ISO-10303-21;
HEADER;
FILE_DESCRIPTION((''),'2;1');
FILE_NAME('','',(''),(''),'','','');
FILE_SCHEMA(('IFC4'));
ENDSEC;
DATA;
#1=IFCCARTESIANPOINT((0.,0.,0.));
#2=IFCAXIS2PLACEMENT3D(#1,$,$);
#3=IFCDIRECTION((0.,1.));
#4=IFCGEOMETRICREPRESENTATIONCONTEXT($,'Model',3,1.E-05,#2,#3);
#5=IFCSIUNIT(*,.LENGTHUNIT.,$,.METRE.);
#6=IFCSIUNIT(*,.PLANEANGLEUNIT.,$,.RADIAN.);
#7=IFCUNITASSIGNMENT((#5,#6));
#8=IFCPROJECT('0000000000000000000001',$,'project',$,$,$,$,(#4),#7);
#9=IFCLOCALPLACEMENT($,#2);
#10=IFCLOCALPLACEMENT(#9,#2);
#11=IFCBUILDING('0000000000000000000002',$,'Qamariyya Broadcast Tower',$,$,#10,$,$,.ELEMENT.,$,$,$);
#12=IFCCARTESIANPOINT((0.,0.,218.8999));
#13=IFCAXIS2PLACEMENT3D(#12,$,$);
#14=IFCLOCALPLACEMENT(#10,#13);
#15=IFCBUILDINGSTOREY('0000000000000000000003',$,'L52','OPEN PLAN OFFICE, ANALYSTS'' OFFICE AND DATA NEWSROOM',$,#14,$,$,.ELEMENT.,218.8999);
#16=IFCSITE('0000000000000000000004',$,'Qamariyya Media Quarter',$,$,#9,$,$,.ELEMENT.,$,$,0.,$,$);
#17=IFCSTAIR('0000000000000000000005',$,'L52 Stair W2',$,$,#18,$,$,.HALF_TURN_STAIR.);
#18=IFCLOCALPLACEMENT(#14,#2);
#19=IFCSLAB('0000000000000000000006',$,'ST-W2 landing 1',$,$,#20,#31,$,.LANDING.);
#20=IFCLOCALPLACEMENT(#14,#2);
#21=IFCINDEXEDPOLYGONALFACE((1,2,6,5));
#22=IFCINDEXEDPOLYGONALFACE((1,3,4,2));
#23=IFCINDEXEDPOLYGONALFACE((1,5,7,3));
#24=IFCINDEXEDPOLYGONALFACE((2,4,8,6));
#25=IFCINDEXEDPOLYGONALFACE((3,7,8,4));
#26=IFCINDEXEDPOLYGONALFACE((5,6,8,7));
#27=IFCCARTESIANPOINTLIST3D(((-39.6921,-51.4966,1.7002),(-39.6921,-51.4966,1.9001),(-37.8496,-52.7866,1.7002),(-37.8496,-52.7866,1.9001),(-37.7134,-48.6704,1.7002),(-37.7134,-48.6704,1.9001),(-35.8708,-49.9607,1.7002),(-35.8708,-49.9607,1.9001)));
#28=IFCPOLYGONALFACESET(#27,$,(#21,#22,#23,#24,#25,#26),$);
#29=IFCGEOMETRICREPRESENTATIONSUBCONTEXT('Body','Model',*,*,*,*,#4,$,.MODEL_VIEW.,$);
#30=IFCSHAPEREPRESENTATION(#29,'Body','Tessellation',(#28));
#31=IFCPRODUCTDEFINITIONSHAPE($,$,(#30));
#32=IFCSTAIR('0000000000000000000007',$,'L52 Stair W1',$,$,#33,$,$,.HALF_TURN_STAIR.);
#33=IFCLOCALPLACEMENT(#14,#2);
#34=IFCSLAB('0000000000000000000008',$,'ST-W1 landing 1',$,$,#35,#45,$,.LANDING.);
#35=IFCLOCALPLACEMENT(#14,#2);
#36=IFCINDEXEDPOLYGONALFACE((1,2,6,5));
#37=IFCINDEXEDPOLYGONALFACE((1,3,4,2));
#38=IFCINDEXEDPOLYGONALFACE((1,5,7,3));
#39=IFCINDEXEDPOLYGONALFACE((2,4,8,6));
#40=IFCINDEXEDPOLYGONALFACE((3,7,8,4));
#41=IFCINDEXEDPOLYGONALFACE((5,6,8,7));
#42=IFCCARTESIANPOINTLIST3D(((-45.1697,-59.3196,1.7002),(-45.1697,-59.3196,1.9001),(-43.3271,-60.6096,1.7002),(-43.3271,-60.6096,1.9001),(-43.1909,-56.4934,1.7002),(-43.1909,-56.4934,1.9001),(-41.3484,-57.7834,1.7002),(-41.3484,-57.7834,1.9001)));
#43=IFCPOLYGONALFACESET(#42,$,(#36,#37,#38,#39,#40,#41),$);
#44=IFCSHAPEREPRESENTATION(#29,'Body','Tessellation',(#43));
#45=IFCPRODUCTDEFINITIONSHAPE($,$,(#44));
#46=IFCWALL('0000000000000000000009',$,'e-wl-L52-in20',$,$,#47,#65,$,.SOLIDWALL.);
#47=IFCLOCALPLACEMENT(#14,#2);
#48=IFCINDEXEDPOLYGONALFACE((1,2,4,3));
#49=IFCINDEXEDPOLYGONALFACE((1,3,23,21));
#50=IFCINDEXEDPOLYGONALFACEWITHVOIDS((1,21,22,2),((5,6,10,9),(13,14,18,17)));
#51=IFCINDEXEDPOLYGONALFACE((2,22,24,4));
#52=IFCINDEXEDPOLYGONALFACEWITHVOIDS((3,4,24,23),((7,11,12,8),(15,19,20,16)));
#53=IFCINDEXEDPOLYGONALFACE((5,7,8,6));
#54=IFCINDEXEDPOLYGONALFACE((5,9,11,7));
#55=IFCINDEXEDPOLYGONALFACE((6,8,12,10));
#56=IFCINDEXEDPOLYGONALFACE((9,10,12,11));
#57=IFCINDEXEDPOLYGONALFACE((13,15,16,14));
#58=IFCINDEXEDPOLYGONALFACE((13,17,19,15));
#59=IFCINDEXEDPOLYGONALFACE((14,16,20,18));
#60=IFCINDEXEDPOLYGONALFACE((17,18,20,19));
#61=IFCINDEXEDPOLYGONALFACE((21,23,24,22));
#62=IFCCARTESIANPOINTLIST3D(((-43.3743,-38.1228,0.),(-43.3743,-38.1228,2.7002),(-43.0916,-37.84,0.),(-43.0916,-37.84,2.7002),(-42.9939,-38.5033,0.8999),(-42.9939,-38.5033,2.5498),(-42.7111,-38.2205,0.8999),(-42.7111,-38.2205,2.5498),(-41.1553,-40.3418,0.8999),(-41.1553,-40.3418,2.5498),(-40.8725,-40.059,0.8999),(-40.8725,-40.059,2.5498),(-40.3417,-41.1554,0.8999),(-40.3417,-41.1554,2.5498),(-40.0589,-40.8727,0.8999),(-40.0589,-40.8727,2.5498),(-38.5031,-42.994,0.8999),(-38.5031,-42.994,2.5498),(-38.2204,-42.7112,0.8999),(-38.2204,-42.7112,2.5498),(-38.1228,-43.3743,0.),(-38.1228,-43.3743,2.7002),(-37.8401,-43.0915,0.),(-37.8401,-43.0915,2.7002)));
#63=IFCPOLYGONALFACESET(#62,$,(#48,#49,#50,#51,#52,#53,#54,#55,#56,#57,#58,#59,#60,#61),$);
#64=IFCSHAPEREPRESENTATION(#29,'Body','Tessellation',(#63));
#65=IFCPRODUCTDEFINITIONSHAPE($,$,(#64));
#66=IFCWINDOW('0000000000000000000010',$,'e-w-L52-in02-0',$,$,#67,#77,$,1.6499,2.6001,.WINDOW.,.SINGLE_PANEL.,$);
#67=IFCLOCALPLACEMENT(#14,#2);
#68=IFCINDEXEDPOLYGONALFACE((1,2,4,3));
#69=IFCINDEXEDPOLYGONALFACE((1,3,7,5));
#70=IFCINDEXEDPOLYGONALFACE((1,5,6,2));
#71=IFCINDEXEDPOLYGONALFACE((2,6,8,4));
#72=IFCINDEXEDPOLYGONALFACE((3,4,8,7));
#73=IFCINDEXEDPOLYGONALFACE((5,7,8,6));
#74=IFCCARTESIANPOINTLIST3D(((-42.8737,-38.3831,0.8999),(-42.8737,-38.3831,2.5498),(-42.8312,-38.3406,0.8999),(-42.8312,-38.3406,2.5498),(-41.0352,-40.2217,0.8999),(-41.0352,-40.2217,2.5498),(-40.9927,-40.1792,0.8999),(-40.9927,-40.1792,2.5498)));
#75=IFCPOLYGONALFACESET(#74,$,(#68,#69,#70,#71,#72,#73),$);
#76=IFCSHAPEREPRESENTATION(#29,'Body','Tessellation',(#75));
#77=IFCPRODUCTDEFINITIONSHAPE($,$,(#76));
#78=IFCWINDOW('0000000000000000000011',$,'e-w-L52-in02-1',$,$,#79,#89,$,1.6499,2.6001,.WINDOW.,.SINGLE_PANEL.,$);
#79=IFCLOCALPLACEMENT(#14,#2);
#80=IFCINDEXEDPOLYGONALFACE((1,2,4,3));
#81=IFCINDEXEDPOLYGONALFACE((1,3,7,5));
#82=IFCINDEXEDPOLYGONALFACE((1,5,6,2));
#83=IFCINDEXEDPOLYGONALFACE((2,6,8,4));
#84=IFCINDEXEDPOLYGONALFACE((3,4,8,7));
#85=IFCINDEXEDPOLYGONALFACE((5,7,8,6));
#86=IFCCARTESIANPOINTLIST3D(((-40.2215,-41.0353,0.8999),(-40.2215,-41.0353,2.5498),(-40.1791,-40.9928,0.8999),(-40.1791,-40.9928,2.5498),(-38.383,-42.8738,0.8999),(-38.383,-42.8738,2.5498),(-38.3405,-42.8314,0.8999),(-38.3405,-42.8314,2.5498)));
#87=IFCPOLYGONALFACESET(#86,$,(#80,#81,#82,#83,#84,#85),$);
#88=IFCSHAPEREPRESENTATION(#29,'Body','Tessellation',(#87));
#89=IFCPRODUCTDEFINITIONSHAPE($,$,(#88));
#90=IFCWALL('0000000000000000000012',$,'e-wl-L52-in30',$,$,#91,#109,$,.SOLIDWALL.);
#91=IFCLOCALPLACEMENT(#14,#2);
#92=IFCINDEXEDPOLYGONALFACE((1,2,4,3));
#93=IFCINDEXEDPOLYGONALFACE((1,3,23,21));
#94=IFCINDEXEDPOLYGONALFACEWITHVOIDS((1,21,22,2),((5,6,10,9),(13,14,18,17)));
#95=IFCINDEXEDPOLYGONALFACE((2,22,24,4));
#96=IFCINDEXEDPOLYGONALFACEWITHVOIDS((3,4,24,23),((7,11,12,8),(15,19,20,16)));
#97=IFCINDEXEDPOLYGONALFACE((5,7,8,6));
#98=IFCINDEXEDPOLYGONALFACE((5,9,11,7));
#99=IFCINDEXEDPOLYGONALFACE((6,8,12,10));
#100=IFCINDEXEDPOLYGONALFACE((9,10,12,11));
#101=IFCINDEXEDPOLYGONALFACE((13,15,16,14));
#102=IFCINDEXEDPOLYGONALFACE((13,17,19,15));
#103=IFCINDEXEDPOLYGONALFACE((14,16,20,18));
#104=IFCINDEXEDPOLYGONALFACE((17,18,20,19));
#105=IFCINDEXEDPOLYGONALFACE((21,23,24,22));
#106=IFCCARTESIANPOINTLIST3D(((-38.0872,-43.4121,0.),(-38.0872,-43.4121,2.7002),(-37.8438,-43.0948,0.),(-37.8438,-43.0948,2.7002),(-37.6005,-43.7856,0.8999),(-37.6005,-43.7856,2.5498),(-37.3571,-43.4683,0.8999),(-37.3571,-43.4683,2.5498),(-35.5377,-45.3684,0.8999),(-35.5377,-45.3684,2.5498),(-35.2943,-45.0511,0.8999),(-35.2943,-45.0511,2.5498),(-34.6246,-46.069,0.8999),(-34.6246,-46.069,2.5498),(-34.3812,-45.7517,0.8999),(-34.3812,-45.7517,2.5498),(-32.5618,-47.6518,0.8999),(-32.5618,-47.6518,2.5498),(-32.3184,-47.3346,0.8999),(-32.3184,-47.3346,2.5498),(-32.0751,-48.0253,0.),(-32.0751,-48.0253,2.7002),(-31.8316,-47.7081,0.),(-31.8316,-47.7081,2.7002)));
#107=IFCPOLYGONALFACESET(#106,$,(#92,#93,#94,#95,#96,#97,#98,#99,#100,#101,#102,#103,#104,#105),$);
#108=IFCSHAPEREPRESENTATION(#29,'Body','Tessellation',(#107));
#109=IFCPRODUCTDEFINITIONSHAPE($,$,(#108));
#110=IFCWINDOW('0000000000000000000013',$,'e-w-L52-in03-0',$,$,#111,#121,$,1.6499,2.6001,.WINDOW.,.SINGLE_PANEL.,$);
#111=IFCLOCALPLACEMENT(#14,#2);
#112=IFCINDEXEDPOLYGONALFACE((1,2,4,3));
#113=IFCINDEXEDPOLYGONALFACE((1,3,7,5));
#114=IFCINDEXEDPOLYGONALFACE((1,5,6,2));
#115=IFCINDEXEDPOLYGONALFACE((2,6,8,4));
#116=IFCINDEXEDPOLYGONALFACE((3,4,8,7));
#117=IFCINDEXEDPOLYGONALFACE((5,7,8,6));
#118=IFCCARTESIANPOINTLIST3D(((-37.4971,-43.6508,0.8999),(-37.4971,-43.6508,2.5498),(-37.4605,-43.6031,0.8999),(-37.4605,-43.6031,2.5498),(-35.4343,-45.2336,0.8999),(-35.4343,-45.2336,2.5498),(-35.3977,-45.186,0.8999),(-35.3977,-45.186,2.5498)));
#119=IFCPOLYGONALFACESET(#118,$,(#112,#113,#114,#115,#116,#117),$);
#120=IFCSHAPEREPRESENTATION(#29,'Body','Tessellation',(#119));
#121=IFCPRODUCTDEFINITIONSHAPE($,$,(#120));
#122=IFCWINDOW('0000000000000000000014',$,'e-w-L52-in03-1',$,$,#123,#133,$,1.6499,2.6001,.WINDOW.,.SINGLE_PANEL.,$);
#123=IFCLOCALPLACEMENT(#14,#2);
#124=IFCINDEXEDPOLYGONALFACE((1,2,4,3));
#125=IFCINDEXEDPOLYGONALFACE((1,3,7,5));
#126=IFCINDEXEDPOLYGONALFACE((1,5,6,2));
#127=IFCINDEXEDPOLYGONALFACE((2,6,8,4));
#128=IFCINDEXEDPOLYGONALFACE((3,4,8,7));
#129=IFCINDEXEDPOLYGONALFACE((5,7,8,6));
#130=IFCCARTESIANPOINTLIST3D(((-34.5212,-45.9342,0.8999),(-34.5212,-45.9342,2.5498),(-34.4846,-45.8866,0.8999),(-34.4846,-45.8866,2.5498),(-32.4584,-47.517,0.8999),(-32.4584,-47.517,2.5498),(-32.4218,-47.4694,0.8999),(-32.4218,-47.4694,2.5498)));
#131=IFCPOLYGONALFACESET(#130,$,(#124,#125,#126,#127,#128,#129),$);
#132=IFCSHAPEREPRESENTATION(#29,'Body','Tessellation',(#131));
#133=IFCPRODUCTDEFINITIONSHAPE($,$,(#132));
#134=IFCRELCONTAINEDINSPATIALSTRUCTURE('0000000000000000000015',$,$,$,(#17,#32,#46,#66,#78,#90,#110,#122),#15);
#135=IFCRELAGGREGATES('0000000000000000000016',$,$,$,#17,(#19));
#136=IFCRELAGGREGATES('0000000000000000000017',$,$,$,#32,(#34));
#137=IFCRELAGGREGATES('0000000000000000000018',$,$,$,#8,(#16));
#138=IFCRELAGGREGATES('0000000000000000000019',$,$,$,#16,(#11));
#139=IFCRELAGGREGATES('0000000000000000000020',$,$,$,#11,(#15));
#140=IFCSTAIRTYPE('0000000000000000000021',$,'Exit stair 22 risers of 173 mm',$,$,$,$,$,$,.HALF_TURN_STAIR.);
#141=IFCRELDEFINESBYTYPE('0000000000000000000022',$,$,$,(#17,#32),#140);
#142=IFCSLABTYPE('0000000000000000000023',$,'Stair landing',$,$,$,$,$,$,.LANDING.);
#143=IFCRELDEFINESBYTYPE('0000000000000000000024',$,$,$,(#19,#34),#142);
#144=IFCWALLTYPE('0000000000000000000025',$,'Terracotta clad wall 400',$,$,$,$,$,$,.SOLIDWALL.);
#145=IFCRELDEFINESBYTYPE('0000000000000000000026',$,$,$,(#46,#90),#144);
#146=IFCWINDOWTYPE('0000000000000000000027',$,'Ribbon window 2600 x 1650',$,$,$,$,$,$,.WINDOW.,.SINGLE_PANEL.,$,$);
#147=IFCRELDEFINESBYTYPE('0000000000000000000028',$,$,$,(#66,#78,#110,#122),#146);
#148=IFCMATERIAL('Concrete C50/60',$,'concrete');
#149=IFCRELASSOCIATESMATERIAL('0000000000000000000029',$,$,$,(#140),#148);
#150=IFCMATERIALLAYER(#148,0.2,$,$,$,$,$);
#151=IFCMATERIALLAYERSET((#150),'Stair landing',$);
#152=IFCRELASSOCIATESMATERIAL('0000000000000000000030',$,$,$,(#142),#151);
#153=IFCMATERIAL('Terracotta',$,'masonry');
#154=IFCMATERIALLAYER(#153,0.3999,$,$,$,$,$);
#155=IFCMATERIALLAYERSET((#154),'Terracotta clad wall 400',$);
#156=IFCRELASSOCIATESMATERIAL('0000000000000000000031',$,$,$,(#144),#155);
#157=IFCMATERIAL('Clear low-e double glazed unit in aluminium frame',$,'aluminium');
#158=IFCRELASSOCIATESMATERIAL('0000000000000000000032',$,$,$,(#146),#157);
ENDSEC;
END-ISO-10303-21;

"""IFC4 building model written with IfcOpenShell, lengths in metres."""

from ifc_helpers import new_model, si_unit, direction, frame, frame_2d, origin, place, context, subcontext, project, spatial, polyline, rectangle, outline, extrude, material, layer, layer_set, type_object, element, fill, aggregate, save


model = new_model("IFC4")

# Units and contexts
model_context = context("Model", 3, precision=1e-05, world=origin(), true_north=direction((0.0, 1.0)))
body_context = subcontext(model_context, "Body", "Model", "MODEL_VIEW")
ifc_project = project(units=[si_unit("LENGTHUNIT", "METRE"), si_unit("PLANEANGLEUNIT", "RADIAN")], contexts=[model_context])

# Site, building, storey
site_placement = place(None, origin())
site = spatial("IfcSite", under=ifc_project, at=site_placement, Name="Qamariyya Media Quarter", CompositionType="ELEMENT", RefElevation=0.0)
building_placement = place(site_placement, origin())
building = spatial("IfcBuilding", under=site, at=building_placement, Name="Qamariyya Broadcast Tower", CompositionType="ELEMENT")
storey_placement = place(building_placement, frame((0.0, 0.0, 218.8999)))
storey = spatial("IfcBuildingStorey", under=building, at=storey_placement, Name="L52", Description="OPEN PLAN OFFICE, ANALYSTS' OFFICE AND DATA NEWSROOM", CompositionType="ELEMENT", Elevation=218.8999)

# Stairs, slabs
ifc_material_1 = material(Name="Concrete C50/60", Category="concrete")
stair_type = type_object("IfcStairType", Name="Exit stair 22 risers of 173 mm", PredefinedType="HALF_TURN_STAIR", material=ifc_material_1)
stair_1_placement = place(storey_placement, origin())
stair_1 = element("IfcStair", 1, at=stair_1_placement, inside=storey, type_object=stair_type, Name="L52 Stair W2", PredefinedType="HALF_TURN_STAIR")
ifc_layer_1 = layer(ifc_material_1, 0.2)
ifc_layer_set_1 = layer_set([ifc_layer_1], Name="Stair landing")
slab_type_1 = type_object("IfcSlabType", Name="Stair landing", PredefinedType="LANDING", material=ifc_layer_set_1)
slab_1_placement = place(storey_placement, frame((0.0, 0.0, 1.7002)))
slab_1 = element("IfcSlab", 2, at=slab_1_placement, type_object=slab_type_1, Name="ST-W2 landing 1", PredefinedType="LANDING", context=body_context, shape_type="SweptSolid", body=[
    extrude(outline(polyline([(-39.6921, -51.4966), (-37.8496, -52.7866), (-35.8708, -49.9607), (-37.7134, -48.6704), (-39.6921, -51.4966)])), origin(), (0.0, 0.0, 1.0), 0.2),
])
aggregate(stair_1, [slab_1])
stair_2_placement = place(storey_placement, origin())
stair_2 = element("IfcStair", 3, at=stair_2_placement, inside=storey, type_object=stair_type, Name="L52 Stair W1", PredefinedType="HALF_TURN_STAIR")
slab_2_placement = place(storey_placement, frame((0.0, 0.0, 1.7002)))
slab_2 = element("IfcSlab", 4, at=slab_2_placement, type_object=slab_type_1, Name="ST-W1 landing 1", PredefinedType="LANDING", context=body_context, shape_type="SweptSolid", body=[
    extrude(outline(polyline([(-45.1697, -59.3196), (-43.3271, -60.6096), (-41.3484, -57.7834), (-43.1909, -56.4934), (-45.1697, -59.3196)])), origin(), (0.0, 0.0, 1.0), 0.2),
])
aggregate(stair_2, [slab_2])

# Walls, openings, windows
ifc_material_2 = material(Name="Terracotta", Category="masonry")
ifc_layer_2 = layer(ifc_material_2, 0.3999)
ifc_layer_set_2 = layer_set([ifc_layer_2], Name="Terracotta clad wall 400")
wall_type = type_object("IfcWallType", Name="Terracotta clad wall 400", PredefinedType="SOLIDWALL", material=ifc_layer_set_2)
wall_1_placement = place(storey_placement, frame((-37.9814, -43.2329, 0.0), z_axis=(0.0, 0.0, 1.0), x_axis=(-0.707107, 0.707107, 0.0)))
wall_1 = element("IfcWall", 5, at=wall_1_placement, inside=storey, type_object=wall_type, Name="e-wl-L52-in20", PredefinedType="SOLIDWALL", context=body_context, shape_type="SweptSolid", body=[
    extrude(rectangle(XDim=7.4268, YDim=0.3999, at=frame_2d((3.7134, 0.0))), origin(), (0.0, 0.0, 1.0), 2.7002),
])
opening_1_placement = place(wall_1_placement, frame((4.2886, 0.0, 0.8999)))
opening_1 = element("IfcOpeningElement", 6, at=opening_1_placement, cuts=wall_1, PredefinedType="OPENING", context=body_context, shape_type="SweptSolid", body=[
    extrude(rectangle(XDim=2.6001, YDim=1.6499, at=frame_2d((1.3, 0.825))), frame((0.0, 0.21, 0.0), z_axis=(0.0, -1.0, 0.0), x_axis=(1.0, 0.0, 0.0)), (0.0, 0.0, 1.0), 0.4199),
])
opening_2_placement = place(wall_1_placement, frame((0.5378, 0.0, 0.8999)))
opening_2 = element("IfcOpeningElement", 7, at=opening_2_placement, cuts=wall_1, PredefinedType="OPENING", context=body_context, shape_type="SweptSolid", body=[
    extrude(rectangle(XDim=2.6001, YDim=1.6499, at=frame_2d((1.3, 0.825))), frame((0.0, 0.21, 0.0), z_axis=(0.0, -1.0, 0.0), x_axis=(1.0, 0.0, 0.0)), (0.0, 0.0, 1.0), 0.4199),
])
ifc_material_3 = material(Name="Clear low-e double glazed unit in aluminium frame", Category="aluminium")
window_type = type_object("IfcWindowType", Name="Ribbon window 2600 x 1650", PartitioningType="SINGLE_PANEL", PredefinedType="WINDOW", material=ifc_material_3)
window_1_placement = place(opening_1_placement, origin())
window_1 = element("IfcWindow", 8, at=window_1_placement, inside=storey, type_object=window_type, Name="e-w-L52-in02-0", OverallHeight=1.6499, OverallWidth=2.6001, PartitioningType="SINGLE_PANEL", PredefinedType="WINDOW", context=body_context, shape_type="SweptSolid", body=[
    extrude(rectangle(XDim=2.6001, YDim=1.6499, at=frame_2d((1.3, 0.825))), frame((0.0, 0.03, 0.0), z_axis=(0.0, -1.0, 0.0), x_axis=(1.0, 0.0, 0.0)), (0.0, 0.0, 1.0), 0.0601),
])
fill(opening_1, window_1)
window_2_placement = place(opening_2_placement, origin())
window_2 = element("IfcWindow", 9, at=window_2_placement, inside=storey, type_object=window_type, Name="e-w-L52-in02-1", OverallHeight=1.6499, OverallWidth=2.6001, PartitioningType="SINGLE_PANEL", PredefinedType="WINDOW", context=body_context, shape_type="SweptSolid", body=[
    extrude(rectangle(XDim=2.6001, YDim=1.6499, at=frame_2d((1.3, 0.825))), frame((0.0, 0.03, 0.0), z_axis=(0.0, -1.0, 0.0), x_axis=(1.0, 0.0, 0.0)), (0.0, 0.0, 1.0), 0.0601),
])
fill(opening_2, window_2)
wall_2_placement = place(storey_placement, frame((-31.9534, -47.8667, 0.0), z_axis=(0.0, 0.0, 1.0), x_axis=(-0.793356, 0.608757, 0.0)))
wall_2 = element("IfcWall", 10, at=wall_2_placement, inside=storey, type_object=wall_type, Name="e-wl-L52-in30", PredefinedType="SOLIDWALL", context=body_context, shape_type="SweptSolid", body=[
    extrude(rectangle(XDim=7.5781, YDim=0.3999, at=frame_2d((3.7891, 0.0))), origin(), (0.0, 0.0, 1.0), 2.7002),
])
opening_3_placement = place(wall_2_placement, frame((4.3645, 0.0, 0.8999)))
opening_3 = element("IfcOpeningElement", 11, at=opening_3_placement, cuts=wall_2, PredefinedType="OPENING", context=body_context, shape_type="SweptSolid", body=[
    extrude(rectangle(XDim=2.6001, YDim=1.6499, at=frame_2d((1.3, 0.825))), frame((0.0, 0.21, 0.0), z_axis=(0.0, -1.0, 0.0), x_axis=(1.0, 0.0, 0.0)), (0.0, 0.0, 1.0), 0.4199),
])
opening_4_placement = place(wall_2_placement, frame((0.6135, 0.0, 0.8999)))
opening_4 = element("IfcOpeningElement", 12, at=opening_4_placement, cuts=wall_2, PredefinedType="OPENING", context=body_context, shape_type="SweptSolid", body=[
    extrude(rectangle(XDim=2.6001, YDim=1.6499, at=frame_2d((1.3, 0.825))), frame((0.0, 0.21, 0.0), z_axis=(0.0, -1.0, 0.0), x_axis=(1.0, 0.0, 0.0)), (0.0, 0.0, 1.0), 0.4199),
])
window_3_placement = place(opening_3_placement, origin())
window_3 = element("IfcWindow", 13, at=window_3_placement, inside=storey, type_object=window_type, Name="e-w-L52-in03-0", OverallHeight=1.6499, OverallWidth=2.6001, PartitioningType="SINGLE_PANEL", PredefinedType="WINDOW", context=body_context, shape_type="SweptSolid", body=[
    extrude(rectangle(XDim=2.6001, YDim=1.6499, at=frame_2d((1.3, 0.825))), frame((0.0, 0.03, 0.0), z_axis=(0.0, -1.0, 0.0), x_axis=(1.0, 0.0, 0.0)), (0.0, 0.0, 1.0), 0.0601),
])
fill(opening_3, window_3)
window_4_placement = place(opening_4_placement, origin())
window_4 = element("IfcWindow", 14, at=window_4_placement, inside=storey, type_object=window_type, Name="e-w-L52-in03-1", OverallHeight=1.6499, OverallWidth=2.6001, PartitioningType="SINGLE_PANEL", PredefinedType="WINDOW", context=body_context, shape_type="SweptSolid", body=[
    extrude(rectangle(XDim=2.6001, YDim=1.6499, at=frame_2d((1.3, 0.825))), frame((0.0, 0.03, 0.0), z_axis=(0.0, -1.0, 0.0), x_axis=(1.0, 0.0, 0.0)), (0.0, 0.0, 1.0), 0.0601),
])
fill(opening_4, window_4)

save(model, "model.ifc")
